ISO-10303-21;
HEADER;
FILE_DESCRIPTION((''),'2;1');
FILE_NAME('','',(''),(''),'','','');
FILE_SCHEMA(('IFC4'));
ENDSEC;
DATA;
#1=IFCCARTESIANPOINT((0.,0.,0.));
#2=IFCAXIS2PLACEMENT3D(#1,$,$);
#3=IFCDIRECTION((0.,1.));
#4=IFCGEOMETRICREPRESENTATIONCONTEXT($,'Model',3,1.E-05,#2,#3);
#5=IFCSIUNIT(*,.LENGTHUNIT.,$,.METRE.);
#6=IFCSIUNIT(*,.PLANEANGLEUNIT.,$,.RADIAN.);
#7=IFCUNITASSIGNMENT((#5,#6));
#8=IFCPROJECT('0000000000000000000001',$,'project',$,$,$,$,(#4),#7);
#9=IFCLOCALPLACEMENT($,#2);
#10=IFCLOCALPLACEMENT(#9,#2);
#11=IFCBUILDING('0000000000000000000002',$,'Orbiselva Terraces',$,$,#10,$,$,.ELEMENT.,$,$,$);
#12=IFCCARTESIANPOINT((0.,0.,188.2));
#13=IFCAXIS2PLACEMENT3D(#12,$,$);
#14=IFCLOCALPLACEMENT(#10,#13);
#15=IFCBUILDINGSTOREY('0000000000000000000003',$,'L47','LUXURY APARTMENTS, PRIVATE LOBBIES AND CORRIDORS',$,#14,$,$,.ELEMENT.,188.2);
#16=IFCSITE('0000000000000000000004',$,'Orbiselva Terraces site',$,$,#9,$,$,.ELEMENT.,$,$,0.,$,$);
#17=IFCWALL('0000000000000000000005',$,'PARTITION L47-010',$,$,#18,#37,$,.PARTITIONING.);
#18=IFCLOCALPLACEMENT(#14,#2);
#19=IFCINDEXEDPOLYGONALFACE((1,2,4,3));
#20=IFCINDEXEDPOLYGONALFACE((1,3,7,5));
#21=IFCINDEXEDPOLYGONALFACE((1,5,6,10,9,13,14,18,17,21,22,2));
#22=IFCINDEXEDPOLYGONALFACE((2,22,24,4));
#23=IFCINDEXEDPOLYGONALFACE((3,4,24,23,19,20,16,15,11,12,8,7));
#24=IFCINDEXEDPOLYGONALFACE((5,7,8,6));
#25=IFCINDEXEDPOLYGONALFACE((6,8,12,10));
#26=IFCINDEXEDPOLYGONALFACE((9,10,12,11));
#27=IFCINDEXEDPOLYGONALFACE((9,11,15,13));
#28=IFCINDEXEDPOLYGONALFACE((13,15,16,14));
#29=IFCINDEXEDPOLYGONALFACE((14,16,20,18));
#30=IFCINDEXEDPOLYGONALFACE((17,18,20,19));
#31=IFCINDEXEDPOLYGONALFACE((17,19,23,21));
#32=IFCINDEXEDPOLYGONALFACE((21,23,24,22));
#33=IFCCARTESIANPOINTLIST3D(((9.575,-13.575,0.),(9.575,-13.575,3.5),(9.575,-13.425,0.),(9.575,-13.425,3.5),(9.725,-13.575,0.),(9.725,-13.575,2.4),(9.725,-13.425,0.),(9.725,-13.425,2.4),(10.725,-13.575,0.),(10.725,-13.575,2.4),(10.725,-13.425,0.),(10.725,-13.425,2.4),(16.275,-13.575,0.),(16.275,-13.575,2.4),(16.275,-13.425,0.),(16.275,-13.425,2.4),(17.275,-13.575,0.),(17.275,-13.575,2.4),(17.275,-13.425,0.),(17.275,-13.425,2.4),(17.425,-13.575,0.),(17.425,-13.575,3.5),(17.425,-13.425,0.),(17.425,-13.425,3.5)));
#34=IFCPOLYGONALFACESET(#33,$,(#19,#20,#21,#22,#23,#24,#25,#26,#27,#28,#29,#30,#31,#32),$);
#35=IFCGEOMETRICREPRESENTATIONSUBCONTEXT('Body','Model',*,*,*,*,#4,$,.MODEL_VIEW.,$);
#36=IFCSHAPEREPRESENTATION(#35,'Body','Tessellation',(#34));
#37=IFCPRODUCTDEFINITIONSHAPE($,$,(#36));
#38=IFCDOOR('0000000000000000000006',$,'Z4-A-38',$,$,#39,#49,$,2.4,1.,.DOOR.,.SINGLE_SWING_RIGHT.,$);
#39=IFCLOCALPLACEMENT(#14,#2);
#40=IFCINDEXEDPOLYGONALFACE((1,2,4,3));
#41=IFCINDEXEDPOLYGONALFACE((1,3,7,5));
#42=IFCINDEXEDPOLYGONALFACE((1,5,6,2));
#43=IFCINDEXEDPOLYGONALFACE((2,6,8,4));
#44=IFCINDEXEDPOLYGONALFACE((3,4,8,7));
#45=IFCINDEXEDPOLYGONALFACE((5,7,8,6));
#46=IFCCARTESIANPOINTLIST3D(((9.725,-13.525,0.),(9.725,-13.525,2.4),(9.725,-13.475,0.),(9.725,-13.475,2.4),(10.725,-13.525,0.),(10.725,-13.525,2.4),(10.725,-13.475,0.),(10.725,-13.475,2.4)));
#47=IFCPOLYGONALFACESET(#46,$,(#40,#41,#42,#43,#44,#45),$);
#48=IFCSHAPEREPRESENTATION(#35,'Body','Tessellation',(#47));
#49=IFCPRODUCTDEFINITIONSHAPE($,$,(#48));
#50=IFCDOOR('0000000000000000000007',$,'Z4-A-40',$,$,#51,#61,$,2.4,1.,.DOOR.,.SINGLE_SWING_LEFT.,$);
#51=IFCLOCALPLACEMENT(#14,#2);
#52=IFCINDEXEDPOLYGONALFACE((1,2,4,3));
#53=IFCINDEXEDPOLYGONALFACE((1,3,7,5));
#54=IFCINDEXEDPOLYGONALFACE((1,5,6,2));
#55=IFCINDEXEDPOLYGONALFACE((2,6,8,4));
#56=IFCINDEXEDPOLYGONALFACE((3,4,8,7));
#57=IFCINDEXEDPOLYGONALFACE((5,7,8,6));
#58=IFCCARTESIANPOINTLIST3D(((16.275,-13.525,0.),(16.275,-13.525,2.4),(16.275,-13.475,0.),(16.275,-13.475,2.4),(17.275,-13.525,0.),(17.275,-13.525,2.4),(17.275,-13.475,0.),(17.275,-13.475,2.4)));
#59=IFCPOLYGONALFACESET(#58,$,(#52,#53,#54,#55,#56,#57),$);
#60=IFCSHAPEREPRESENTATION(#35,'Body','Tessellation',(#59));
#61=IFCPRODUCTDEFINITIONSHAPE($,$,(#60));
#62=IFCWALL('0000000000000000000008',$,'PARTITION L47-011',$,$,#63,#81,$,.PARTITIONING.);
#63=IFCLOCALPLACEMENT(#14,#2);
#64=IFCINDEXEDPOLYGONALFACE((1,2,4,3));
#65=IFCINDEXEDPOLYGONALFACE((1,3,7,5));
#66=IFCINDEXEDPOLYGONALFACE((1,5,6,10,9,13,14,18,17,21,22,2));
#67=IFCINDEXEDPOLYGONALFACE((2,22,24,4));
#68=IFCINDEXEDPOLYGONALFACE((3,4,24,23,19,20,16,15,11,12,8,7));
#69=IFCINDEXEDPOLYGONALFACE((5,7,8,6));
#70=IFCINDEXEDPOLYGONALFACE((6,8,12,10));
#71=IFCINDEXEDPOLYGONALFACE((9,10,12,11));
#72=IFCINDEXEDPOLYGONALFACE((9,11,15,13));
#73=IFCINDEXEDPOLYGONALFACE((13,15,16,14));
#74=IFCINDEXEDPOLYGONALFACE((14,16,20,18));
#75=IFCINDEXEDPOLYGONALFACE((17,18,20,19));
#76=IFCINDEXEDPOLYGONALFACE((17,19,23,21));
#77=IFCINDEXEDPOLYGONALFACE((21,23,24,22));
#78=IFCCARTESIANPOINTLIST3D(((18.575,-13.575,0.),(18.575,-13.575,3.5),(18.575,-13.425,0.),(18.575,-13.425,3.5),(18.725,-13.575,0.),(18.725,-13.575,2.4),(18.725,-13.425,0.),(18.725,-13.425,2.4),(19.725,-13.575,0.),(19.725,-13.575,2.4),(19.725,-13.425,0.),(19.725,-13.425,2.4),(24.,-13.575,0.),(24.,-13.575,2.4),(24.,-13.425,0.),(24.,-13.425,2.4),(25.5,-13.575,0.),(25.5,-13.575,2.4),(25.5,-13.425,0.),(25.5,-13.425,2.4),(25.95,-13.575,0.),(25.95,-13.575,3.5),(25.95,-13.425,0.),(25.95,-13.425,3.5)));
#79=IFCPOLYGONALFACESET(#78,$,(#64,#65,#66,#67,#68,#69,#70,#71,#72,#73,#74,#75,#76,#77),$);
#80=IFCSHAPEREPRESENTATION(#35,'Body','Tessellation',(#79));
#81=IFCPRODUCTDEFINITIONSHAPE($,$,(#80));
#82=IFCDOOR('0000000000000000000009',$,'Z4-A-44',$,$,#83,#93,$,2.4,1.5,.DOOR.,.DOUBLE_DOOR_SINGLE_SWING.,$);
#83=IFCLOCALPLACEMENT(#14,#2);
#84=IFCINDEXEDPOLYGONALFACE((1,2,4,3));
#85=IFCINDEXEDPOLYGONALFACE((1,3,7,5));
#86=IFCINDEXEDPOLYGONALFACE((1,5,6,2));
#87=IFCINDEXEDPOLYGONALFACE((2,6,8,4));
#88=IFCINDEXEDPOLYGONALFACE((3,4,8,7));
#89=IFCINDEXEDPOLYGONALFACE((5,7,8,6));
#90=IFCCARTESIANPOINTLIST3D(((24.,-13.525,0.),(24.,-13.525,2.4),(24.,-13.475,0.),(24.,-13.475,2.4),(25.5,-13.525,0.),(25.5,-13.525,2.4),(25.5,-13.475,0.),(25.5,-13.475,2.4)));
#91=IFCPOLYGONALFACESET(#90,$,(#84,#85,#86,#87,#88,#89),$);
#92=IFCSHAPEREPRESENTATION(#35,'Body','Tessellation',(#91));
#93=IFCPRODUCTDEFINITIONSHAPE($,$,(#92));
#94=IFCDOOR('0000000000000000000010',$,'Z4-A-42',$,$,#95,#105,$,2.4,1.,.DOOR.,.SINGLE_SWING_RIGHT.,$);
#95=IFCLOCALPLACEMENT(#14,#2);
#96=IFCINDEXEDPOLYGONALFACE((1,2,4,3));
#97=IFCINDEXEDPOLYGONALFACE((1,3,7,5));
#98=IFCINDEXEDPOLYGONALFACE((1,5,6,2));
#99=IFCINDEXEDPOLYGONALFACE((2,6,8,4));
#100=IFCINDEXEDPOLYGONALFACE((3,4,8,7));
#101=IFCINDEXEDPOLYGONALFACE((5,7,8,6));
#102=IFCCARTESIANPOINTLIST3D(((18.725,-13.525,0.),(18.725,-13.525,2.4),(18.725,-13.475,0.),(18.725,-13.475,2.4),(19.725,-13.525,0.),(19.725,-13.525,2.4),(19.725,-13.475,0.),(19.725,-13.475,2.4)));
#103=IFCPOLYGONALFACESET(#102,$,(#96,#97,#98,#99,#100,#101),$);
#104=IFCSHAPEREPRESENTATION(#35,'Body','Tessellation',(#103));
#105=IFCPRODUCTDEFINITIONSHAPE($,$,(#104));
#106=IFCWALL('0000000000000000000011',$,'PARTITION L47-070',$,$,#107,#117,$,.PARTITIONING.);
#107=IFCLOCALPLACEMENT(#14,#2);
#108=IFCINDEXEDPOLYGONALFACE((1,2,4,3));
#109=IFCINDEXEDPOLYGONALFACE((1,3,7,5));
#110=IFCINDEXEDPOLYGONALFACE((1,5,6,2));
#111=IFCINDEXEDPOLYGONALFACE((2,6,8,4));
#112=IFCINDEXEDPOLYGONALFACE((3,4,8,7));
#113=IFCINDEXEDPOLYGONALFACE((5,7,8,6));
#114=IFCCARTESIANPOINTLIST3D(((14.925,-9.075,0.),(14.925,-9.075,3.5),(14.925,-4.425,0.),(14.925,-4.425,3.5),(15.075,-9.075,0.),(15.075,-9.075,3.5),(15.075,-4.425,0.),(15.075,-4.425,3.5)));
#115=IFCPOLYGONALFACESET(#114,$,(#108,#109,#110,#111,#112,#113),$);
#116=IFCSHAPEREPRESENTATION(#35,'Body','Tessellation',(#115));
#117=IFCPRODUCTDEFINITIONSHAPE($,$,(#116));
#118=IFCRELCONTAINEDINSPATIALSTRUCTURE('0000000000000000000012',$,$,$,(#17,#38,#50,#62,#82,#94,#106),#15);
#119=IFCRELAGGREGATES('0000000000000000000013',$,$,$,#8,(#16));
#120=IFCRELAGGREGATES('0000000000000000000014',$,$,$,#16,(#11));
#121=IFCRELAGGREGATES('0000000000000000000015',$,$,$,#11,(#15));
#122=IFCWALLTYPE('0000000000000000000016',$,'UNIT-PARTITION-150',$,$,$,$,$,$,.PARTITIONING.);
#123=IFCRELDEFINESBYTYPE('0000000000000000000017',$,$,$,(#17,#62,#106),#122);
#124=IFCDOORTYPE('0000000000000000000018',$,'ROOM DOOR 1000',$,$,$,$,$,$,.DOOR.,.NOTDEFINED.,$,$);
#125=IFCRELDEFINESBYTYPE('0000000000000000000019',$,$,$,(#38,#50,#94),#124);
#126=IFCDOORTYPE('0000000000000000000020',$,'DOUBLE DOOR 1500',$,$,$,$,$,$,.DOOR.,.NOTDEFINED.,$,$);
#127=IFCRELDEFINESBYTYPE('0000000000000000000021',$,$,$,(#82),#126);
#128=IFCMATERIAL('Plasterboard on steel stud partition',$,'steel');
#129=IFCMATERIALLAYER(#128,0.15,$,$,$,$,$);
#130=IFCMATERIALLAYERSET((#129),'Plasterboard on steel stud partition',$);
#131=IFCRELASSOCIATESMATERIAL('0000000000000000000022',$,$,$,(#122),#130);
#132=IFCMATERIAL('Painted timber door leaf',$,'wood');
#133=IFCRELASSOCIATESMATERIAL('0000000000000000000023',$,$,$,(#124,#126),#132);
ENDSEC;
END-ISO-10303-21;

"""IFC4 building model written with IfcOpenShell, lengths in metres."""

from ifc_helpers import new_model, si_unit, direction, frame, frame_2d, origin, place, context, subcontext, project, spatial, rectangle, extrude, material, layer, layer_set, type_object, element, fill, save


model = new_model("IFC4")

# Units and contexts
model_context = context("Model", 3, precision=1e-05, world=origin(), true_north=direction((0.0, 1.0)))
body_context = subcontext(model_context, "Body", "Model", "MODEL_VIEW")
ifc_project = project(units=[si_unit("LENGTHUNIT", "METRE"), si_unit("PLANEANGLEUNIT", "RADIAN")], contexts=[model_context])

# Site, building, storey
site_placement = place(None, origin())
site = spatial("IfcSite", under=ifc_project, at=site_placement, Name="Orbiselva Terraces site", CompositionType="ELEMENT", RefElevation=0.0)
building_placement = place(site_placement, origin())
building = spatial("IfcBuilding", under=site, at=building_placement, Name="Orbiselva Terraces", CompositionType="ELEMENT")
storey_placement = place(building_placement, frame((0.0, 0.0, 188.2)))
storey = spatial("IfcBuildingStorey", under=building, at=storey_placement, Name="L47", Description="LUXURY APARTMENTS, PRIVATE LOBBIES AND CORRIDORS", CompositionType="ELEMENT", Elevation=188.2)

# Shared definitions
ifc_material_1 = material(Name="Plasterboard on steel stud partition", Category="steel")
ifc_layer_1 = layer(ifc_material_1, 0.15)
ifc_layer_set_1 = layer_set([ifc_layer_1], Name="Plasterboard on steel stud partition")
wall_type_1 = type_object("IfcWallType", Name="UNIT-PARTITION-150", PredefinedType="PARTITIONING", material=ifc_layer_set_1)
ifc_material_2 = material(Name="Painted timber door leaf", Category="wood")

# Walls, openings, doors
wall_1_placement = place(storey_placement, frame((17.425, -13.5, 0.0), z_axis=(0.0, 0.0, 1.0), x_axis=(-1.0, 0.0, 0.0)))
wall_1 = element("IfcWall", 1, at=wall_1_placement, inside=storey, type_object=wall_type_1, Name="PARTITION L47-010", PredefinedType="PARTITIONING", context=body_context, shape_type="SweptSolid", body=[
    extrude(rectangle(XDim=7.85, YDim=0.15, at=frame_2d((3.925, 0.0))), origin(), (0.0, 0.0, 1.0), 3.5),
])
opening_1_placement = place(wall_1_placement, frame((6.7, 0.0, 0.0)))
opening_1 = element("IfcOpeningElement", 2, at=opening_1_placement, cuts=wall_1, PredefinedType="OPENING", context=body_context, shape_type="SweptSolid", body=[
    extrude(rectangle(XDim=1.0, YDim=2.4, at=frame_2d((0.5, 1.2))), frame((0.0, 0.085, 0.0), z_axis=(0.0, -1.0, 0.0), x_axis=(1.0, 0.0, 0.0)), (0.0, 0.0, 1.0), 0.17),
])
opening_2_placement = place(wall_1_placement, frame((0.15, 0.0, 0.0)))
opening_2 = element("IfcOpeningElement", 3, at=opening_2_placement, cuts=wall_1, PredefinedType="OPENING", context=body_context, shape_type="SweptSolid", body=[
    extrude(rectangle(XDim=1.0, YDim=2.4, at=frame_2d((0.5, 1.2))), frame((0.0, 0.085, 0.0), z_axis=(0.0, -1.0, 0.0), x_axis=(1.0, 0.0, 0.0)), (0.0, 0.0, 1.0), 0.17),
])
door_type_1 = type_object("IfcDoorType", Name="ROOM DOOR 1000", OperationType="NOTDEFINED", PredefinedType="DOOR", material=ifc_material_2)
door_1_placement = place(opening_1_placement, origin())
door_1 = element("IfcDoor", 4, at=door_1_placement, inside=storey, type_object=door_type_1, Name="Z4-A-38", OperationType="SINGLE_SWING_RIGHT", OverallHeight=2.4, OverallWidth=1.0, PredefinedType="DOOR", context=body_context, shape_type="SweptSolid", body=[
    extrude(rectangle(XDim=1.0, YDim=2.4, at=frame_2d((0.5, 1.2))), frame((0.0, 0.025, 0.0), z_axis=(0.0, -1.0, 0.0), x_axis=(1.0, 0.0, 0.0)), (0.0, 0.0, 1.0), 0.05),
])
fill(opening_1, door_1)
door_2_placement = place(opening_2_placement, origin())
door_2 = element("IfcDoor", 5, at=door_2_placement, inside=storey, type_object=door_type_1, Name="Z4-A-40", OperationType="SINGLE_SWING_LEFT", OverallHeight=2.4, OverallWidth=1.0, PredefinedType="DOOR", context=body_context, shape_type="SweptSolid", body=[
    extrude(rectangle(XDim=1.0, YDim=2.4, at=frame_2d((0.5, 1.2))), frame((0.0, 0.025, 0.0), z_axis=(0.0, -1.0, 0.0), x_axis=(1.0, 0.0, 0.0)), (0.0, 0.0, 1.0), 0.05),
])
fill(opening_2, door_2)
wall_2_placement = place(storey_placement, frame((25.95, -13.5, 0.0), z_axis=(0.0, 0.0, 1.0), x_axis=(-1.0, 0.0, 0.0)))
wall_2 = element("IfcWall", 6, at=wall_2_placement, inside=storey, type_object=wall_type_1, Name="PARTITION L47-011", PredefinedType="PARTITIONING", context=body_context, shape_type="SweptSolid", body=[
    extrude(rectangle(XDim=7.375, YDim=0.15, at=frame_2d((3.6875, 0.0))), origin(), (0.0, 0.0, 1.0), 3.5),
])
opening_3_placement = place(wall_2_placement, frame((6.225, 0.0, 0.0)))
opening_3 = element("IfcOpeningElement", 7, at=opening_3_placement, cuts=wall_2, PredefinedType="OPENING", context=body_context, shape_type="SweptSolid", body=[
    extrude(rectangle(XDim=1.0, YDim=2.4, at=frame_2d((0.5, 1.2))), frame((0.0, 0.085, 0.0), z_axis=(0.0, -1.0, 0.0), x_axis=(1.0, 0.0, 0.0)), (0.0, 0.0, 1.0), 0.17),
])
opening_4_placement = place(wall_2_placement, frame((0.45, 0.0, 0.0)))
opening_4 = element("IfcOpeningElement", 8, at=opening_4_placement, cuts=wall_2, PredefinedType="OPENING", context=body_context, shape_type="SweptSolid", body=[
    extrude(rectangle(XDim=1.5, YDim=2.4, at=frame_2d((0.75, 1.2))), frame((0.0, 0.085, 0.0), z_axis=(0.0, -1.0, 0.0), x_axis=(1.0, 0.0, 0.0)), (0.0, 0.0, 1.0), 0.17),
])
door_type_2 = type_object("IfcDoorType", Name="DOUBLE DOOR 1500", OperationType="NOTDEFINED", PredefinedType="DOOR", material=ifc_material_2)
door_3_placement = place(opening_4_placement, origin())
door_3 = element("IfcDoor", 9, at=door_3_placement, inside=storey, type_object=door_type_2, Name="Z4-A-44", OperationType="DOUBLE_DOOR_SINGLE_SWING", OverallHeight=2.4, OverallWidth=1.5, PredefinedType="DOOR", context=body_context, shape_type="SweptSolid", body=[
    extrude(rectangle(XDim=1.5, YDim=2.4, at=frame_2d((0.75, 1.2))), frame((0.0, 0.025, 0.0), z_axis=(0.0, -1.0, 0.0), x_axis=(1.0, 0.0, 0.0)), (0.0, 0.0, 1.0), 0.05),
])
fill(opening_4, door_3)
door_4_placement = place(opening_3_placement, origin())
door_4 = element("IfcDoor", 10, at=door_4_placement, inside=storey, type_object=door_type_1, Name="Z4-A-42", OperationType="SINGLE_SWING_RIGHT", OverallHeight=2.4, OverallWidth=1.0, PredefinedType="DOOR", context=body_context, shape_type="SweptSolid", body=[
    extrude(rectangle(XDim=1.0, YDim=2.4, at=frame_2d((0.5, 1.2))), frame((0.0, 0.025, 0.0), z_axis=(0.0, -1.0, 0.0), x_axis=(1.0, 0.0, 0.0)), (0.0, 0.0, 1.0), 0.05),
])
fill(opening_3, door_4)

# Wall
wall_3_placement = place(storey_placement, frame((15.0, -9.075, 0.0), z_axis=(0.0, 0.0, 1.0), x_axis=(0.0, 1.0, 0.0)))
element("IfcWall", 11, at=wall_3_placement, inside=storey, type_object=wall_type_1, Name="PARTITION L47-070", PredefinedType="PARTITIONING", context=body_context, shape_type="SweptSolid", body=[
    extrude(rectangle(XDim=4.65, YDim=0.15, at=frame_2d((2.325, 0.0))), origin(), (0.0, 0.0, 1.0), 3.5),
])

save(model, "model.ifc")
